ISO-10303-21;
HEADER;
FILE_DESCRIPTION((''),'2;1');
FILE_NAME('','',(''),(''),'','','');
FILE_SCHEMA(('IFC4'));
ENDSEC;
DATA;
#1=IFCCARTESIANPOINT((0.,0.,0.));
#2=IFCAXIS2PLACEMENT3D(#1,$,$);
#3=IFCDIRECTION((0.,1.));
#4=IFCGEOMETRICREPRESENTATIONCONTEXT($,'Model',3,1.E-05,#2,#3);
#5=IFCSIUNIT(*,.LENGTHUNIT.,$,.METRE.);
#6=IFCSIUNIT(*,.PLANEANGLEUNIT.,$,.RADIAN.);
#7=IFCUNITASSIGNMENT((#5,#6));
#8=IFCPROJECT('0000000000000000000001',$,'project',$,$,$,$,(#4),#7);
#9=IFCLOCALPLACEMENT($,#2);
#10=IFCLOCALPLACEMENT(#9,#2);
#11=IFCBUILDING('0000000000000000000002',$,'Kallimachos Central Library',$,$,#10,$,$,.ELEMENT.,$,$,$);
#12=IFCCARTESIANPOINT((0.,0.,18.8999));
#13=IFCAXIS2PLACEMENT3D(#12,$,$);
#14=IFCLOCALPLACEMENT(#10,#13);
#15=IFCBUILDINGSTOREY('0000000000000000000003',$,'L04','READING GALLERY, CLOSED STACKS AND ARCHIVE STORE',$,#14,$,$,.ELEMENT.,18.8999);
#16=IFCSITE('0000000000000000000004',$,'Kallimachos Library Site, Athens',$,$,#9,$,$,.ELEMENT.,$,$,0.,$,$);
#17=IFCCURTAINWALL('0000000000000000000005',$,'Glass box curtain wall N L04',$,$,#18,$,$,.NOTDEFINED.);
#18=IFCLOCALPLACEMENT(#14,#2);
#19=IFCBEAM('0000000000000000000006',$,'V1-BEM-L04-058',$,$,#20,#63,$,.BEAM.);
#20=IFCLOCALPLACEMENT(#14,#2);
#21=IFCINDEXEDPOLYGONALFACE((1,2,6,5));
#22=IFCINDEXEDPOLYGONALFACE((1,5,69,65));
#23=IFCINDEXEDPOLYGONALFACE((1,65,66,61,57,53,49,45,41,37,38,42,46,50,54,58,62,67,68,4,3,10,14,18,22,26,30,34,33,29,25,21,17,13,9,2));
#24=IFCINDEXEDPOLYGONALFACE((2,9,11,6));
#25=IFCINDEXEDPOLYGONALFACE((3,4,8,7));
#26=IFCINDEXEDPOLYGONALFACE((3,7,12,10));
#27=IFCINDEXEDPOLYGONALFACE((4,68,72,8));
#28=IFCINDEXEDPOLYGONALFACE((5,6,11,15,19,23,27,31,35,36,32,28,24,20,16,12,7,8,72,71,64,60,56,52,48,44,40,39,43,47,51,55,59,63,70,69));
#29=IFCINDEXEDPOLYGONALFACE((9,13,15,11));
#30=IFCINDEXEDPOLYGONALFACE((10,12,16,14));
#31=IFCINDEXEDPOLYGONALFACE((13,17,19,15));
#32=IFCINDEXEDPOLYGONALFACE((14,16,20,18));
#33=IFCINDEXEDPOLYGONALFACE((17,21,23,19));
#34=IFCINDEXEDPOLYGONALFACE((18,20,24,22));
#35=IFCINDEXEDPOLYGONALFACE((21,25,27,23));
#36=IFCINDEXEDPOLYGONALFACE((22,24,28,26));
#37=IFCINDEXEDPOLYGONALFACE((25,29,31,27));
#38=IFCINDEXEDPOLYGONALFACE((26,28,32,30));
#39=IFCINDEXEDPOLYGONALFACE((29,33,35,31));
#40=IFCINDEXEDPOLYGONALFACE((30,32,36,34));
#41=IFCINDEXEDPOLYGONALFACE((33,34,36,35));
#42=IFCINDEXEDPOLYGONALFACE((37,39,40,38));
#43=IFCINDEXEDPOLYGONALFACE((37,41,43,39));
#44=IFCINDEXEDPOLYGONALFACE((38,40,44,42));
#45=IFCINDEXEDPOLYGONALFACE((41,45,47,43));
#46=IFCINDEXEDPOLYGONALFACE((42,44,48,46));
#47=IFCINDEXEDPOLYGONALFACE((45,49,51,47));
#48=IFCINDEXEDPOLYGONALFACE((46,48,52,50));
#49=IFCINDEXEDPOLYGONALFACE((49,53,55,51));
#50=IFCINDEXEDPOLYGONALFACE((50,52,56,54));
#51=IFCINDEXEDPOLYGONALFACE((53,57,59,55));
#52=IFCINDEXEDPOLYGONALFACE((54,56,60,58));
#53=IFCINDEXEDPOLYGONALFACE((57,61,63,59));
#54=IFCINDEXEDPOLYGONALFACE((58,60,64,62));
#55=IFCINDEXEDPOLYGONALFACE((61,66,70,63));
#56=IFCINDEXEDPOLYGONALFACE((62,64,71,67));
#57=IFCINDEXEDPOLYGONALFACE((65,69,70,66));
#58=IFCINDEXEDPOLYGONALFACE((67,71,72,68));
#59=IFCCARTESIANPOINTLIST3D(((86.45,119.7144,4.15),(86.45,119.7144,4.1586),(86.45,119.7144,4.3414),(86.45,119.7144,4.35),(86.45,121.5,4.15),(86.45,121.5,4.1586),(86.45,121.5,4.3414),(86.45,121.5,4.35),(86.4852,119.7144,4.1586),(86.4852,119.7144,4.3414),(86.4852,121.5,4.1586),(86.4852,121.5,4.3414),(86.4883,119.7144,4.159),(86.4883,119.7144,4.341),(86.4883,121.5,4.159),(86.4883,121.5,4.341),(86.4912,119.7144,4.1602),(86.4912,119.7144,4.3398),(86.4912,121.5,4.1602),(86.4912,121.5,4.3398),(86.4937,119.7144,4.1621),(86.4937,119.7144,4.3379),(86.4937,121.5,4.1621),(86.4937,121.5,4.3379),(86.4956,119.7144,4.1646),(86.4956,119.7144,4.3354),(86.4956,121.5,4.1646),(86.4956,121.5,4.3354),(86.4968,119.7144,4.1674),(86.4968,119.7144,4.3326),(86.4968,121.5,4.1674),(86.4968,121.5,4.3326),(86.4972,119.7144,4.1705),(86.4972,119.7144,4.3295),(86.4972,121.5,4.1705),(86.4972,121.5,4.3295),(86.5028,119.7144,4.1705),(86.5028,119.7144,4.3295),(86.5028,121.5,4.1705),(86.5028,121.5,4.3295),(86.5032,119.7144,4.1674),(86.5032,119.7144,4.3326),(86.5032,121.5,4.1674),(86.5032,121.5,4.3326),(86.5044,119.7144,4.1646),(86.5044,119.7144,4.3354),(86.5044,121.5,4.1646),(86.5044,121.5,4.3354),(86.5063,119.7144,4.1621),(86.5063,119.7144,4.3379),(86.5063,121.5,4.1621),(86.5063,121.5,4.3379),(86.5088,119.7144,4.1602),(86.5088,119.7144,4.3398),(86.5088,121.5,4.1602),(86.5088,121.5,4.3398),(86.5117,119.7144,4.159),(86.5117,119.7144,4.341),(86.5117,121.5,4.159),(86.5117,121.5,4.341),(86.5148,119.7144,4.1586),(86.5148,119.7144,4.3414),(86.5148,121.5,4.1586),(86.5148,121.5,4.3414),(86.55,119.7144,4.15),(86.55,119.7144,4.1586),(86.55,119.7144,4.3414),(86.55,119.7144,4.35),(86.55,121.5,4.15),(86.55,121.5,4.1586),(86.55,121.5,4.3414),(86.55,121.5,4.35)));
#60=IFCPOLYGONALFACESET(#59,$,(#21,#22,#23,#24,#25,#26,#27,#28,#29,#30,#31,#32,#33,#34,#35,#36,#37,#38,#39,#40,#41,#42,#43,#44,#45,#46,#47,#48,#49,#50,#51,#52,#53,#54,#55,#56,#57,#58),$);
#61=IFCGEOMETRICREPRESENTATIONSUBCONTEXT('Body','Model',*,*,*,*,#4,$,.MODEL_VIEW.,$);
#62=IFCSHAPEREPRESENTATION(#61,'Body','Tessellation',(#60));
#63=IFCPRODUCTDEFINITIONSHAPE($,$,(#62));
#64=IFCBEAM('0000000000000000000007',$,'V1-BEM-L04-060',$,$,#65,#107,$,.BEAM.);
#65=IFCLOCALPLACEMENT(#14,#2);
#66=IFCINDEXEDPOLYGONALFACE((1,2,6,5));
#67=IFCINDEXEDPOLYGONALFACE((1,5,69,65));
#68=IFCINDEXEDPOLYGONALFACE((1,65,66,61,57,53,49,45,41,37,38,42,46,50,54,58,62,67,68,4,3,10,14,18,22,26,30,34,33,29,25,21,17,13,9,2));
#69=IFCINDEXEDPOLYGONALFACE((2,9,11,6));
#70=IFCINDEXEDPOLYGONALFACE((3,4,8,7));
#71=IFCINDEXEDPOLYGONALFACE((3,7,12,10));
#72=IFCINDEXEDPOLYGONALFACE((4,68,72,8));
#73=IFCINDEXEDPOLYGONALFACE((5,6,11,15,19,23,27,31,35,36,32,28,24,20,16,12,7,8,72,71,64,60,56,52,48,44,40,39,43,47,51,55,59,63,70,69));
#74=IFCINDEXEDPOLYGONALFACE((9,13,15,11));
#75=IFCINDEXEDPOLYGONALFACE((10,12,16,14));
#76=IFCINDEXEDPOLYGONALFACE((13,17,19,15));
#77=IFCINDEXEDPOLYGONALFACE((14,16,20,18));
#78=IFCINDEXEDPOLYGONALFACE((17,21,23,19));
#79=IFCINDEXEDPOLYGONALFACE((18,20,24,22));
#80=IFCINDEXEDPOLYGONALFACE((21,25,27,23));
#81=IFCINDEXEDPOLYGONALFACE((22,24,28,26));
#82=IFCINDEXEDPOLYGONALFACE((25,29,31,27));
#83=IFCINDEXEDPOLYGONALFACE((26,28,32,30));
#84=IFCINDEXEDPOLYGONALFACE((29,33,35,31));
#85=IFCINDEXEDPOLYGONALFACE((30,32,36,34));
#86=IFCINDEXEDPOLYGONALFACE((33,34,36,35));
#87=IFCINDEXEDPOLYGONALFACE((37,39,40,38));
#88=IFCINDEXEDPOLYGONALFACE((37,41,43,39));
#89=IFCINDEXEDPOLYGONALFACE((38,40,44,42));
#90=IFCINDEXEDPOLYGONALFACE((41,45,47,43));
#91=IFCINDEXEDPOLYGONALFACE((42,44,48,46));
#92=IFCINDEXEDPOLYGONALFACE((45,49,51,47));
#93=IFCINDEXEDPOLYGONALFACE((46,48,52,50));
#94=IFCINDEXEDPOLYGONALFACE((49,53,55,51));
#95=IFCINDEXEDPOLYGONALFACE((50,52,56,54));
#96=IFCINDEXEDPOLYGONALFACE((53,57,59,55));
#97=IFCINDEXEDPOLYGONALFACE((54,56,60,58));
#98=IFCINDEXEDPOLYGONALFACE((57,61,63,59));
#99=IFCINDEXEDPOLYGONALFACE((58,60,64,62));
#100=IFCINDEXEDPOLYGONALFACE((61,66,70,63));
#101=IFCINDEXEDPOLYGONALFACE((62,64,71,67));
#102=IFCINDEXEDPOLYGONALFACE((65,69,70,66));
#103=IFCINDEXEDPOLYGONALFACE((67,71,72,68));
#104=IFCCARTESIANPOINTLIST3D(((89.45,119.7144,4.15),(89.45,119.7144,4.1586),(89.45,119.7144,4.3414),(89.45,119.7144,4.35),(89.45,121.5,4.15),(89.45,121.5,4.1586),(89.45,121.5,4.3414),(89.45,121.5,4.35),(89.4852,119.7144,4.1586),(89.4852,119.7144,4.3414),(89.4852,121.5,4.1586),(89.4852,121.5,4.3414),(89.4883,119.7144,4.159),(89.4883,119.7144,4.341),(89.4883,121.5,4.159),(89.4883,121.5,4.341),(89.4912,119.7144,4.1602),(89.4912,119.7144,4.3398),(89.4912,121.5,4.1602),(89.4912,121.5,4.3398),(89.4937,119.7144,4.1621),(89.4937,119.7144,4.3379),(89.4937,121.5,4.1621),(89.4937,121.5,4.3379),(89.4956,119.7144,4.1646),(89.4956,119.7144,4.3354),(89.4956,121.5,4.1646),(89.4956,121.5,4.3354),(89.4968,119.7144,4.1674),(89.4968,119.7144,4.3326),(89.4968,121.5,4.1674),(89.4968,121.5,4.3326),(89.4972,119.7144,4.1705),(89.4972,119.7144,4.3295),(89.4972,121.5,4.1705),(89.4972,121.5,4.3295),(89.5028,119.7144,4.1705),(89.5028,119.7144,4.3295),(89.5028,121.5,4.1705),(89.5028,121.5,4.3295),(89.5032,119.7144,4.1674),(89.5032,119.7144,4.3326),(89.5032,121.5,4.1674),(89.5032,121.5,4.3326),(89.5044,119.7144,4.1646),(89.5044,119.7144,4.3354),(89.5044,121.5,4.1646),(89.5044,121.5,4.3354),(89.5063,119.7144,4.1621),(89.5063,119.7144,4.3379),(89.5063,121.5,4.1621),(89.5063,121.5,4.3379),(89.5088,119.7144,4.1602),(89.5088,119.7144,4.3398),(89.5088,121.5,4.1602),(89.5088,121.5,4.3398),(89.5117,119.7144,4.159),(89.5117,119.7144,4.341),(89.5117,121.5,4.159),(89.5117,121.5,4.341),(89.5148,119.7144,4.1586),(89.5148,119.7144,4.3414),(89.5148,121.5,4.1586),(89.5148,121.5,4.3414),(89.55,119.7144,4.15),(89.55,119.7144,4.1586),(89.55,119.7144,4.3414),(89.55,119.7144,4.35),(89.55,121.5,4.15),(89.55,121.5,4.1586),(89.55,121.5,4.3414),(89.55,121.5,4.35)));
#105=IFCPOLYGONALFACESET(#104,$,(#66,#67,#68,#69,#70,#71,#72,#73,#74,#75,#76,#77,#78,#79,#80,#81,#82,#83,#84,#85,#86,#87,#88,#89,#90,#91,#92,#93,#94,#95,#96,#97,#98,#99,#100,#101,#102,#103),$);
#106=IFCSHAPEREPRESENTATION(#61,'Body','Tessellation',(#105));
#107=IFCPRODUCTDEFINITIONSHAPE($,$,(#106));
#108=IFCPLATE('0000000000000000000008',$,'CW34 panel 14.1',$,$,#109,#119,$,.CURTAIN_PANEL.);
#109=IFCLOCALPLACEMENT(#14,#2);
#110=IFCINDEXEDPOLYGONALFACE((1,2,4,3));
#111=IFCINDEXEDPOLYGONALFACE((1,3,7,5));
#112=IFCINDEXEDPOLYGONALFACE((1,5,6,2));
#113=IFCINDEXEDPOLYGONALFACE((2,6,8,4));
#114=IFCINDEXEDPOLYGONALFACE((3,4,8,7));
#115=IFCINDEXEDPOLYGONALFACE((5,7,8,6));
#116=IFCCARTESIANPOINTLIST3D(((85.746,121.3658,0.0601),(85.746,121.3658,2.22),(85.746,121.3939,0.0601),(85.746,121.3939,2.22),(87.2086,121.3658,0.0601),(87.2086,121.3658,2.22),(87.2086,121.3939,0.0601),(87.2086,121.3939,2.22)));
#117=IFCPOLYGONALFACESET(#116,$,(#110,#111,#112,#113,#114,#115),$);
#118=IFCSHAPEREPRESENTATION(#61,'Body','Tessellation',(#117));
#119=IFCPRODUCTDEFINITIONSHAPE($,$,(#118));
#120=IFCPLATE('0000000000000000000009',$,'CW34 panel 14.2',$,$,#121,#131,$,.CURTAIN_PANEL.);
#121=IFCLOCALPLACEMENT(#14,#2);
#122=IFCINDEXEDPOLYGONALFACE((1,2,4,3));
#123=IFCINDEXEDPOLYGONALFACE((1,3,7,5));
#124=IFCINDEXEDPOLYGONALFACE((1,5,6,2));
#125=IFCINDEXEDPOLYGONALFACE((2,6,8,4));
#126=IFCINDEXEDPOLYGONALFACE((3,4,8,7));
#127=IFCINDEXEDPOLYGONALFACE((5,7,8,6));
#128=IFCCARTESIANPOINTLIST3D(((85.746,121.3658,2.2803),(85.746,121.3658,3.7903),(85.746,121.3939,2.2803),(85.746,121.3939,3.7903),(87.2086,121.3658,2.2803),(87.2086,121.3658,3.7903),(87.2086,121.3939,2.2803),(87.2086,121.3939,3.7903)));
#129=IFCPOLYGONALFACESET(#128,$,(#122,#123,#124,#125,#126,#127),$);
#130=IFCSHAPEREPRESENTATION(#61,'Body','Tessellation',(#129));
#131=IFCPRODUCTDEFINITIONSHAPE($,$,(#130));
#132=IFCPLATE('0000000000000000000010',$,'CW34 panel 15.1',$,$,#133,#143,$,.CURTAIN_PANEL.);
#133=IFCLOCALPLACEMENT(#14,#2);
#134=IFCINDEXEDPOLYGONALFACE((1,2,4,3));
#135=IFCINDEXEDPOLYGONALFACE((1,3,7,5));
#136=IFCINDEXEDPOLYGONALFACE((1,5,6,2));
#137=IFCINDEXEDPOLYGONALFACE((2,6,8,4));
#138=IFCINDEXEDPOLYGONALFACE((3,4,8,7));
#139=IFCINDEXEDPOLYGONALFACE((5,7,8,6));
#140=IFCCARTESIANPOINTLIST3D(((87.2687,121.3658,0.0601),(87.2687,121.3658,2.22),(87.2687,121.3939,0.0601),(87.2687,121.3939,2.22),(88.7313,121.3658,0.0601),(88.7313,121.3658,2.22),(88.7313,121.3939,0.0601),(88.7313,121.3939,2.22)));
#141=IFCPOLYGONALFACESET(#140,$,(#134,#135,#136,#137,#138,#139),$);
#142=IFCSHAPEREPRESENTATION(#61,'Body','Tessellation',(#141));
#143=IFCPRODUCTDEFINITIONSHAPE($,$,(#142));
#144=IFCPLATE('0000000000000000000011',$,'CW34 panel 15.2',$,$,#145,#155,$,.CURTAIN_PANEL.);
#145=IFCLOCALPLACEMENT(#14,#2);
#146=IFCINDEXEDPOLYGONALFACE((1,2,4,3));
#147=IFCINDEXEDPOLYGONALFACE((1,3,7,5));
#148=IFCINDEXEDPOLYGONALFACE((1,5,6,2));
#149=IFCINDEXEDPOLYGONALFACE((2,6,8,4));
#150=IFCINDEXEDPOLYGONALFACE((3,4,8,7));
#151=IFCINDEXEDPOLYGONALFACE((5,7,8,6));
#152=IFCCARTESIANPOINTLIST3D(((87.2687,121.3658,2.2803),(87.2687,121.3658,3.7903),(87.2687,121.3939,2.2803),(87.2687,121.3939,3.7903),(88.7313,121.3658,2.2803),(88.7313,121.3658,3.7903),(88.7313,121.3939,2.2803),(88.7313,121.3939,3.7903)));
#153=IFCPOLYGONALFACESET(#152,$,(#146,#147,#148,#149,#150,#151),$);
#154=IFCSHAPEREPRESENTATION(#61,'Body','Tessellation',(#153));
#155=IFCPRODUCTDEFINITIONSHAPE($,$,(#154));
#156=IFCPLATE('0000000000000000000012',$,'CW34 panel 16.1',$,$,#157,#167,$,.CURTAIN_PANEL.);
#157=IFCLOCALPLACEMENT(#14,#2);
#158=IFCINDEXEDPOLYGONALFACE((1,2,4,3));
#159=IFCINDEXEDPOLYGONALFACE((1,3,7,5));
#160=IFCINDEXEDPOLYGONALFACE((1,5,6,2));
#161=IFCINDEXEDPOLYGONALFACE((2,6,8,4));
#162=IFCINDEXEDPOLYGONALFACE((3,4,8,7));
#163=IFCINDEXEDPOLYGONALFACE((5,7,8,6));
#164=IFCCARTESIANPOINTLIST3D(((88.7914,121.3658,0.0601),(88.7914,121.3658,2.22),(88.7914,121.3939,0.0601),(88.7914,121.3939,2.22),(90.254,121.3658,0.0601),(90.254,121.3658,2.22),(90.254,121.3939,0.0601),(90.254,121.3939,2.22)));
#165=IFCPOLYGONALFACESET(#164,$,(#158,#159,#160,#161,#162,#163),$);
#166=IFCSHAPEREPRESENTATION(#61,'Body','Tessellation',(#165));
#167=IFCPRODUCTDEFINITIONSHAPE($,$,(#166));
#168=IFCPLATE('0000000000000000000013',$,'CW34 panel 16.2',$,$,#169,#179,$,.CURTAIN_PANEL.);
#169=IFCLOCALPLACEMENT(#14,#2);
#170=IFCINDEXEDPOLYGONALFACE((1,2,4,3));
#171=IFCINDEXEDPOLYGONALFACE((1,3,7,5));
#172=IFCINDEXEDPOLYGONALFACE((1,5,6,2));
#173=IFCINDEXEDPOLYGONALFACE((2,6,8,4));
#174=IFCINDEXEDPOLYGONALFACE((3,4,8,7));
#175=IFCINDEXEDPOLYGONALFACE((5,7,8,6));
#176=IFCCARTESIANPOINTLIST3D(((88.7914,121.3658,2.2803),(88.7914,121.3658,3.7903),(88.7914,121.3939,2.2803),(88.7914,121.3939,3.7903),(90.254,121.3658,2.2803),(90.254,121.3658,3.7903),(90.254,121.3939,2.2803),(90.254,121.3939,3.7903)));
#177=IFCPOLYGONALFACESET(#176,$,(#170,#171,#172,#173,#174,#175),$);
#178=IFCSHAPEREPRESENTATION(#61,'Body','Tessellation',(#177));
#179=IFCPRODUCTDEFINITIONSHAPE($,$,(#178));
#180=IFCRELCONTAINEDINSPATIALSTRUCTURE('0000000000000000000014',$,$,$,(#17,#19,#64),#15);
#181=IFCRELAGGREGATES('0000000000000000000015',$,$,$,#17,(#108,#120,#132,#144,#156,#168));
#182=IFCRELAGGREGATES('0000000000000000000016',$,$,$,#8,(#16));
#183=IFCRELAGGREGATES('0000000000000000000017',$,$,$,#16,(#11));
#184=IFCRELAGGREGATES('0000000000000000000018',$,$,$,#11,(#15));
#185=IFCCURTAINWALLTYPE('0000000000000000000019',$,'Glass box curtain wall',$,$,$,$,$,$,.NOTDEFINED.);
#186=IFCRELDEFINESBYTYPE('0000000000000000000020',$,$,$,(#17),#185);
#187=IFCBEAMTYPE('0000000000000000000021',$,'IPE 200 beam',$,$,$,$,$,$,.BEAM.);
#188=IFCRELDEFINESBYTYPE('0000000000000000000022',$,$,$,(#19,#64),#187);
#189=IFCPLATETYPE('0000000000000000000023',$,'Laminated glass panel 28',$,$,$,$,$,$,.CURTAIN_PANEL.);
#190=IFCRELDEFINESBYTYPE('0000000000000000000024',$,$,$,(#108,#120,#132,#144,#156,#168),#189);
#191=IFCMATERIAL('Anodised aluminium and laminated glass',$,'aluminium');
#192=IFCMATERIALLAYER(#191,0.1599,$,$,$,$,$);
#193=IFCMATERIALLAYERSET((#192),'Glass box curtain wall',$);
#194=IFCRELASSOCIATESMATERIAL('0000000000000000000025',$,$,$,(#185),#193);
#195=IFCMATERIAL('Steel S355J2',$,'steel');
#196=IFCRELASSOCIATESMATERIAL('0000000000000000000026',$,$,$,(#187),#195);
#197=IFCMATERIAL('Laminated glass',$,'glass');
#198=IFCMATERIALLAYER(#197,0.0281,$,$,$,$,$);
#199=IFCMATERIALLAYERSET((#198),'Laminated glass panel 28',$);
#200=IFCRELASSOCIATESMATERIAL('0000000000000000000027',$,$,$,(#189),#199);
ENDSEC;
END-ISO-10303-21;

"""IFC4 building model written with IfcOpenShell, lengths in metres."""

from ifc_helpers import new_model, si_unit, direction, frame, origin, origin_2d, place, context, subcontext, project, spatial, rectangle, i_section, extrude, material, layer, layer_set, material_profile, profile_set, type_object, element, aggregate, save


model = new_model("IFC4")

# Units and contexts
model_context = context("Model", 3, precision=1e-05, world=origin(), true_north=direction((0.0, 1.0)))
body_context = subcontext(model_context, "Body", "Model", "MODEL_VIEW")
ifc_project = project(units=[si_unit("LENGTHUNIT", "METRE"), si_unit("PLANEANGLEUNIT", "RADIAN")], contexts=[model_context])

# Site, building, storey
site_placement = place(None, origin())
site = spatial("IfcSite", under=ifc_project, at=site_placement, Name="Kallimachos Library Site, Athens", CompositionType="ELEMENT", RefElevation=0.0)
building_placement = place(site_placement, origin())
building = spatial("IfcBuilding", under=site, at=building_placement, Name="Kallimachos Central Library", CompositionType="ELEMENT")
storey_placement = place(building_placement, frame((0.0, 0.0, 18.8999)))
storey = spatial("IfcBuildingStorey", under=building, at=storey_placement, Name="L04", Description="READING GALLERY, CLOSED STACKS AND ARCHIVE STORE", CompositionType="ELEMENT", Elevation=18.8999)

# Curtain wall
ifc_material_1 = material(Name="Anodised aluminium and laminated glass", Category="aluminium")
ifc_layer_1 = layer(ifc_material_1, 0.1599)
ifc_layer_set_1 = layer_set([ifc_layer_1], Name="Glass box curtain wall")
curtain_wall_type = type_object("IfcCurtainWallType", Name="Glass box curtain wall", PredefinedType="NOTDEFINED", material=ifc_layer_set_1)
curtain_wall_placement = place(storey_placement, origin())
curtain_wall = element("IfcCurtainWall", 1, at=curtain_wall_placement, inside=storey, type_object=curtain_wall_type, Name="Glass box curtain wall N L04", PredefinedType="NOTDEFINED")

# Beams
ifc_material_2 = material(Name="Steel S355J2", Category="steel")
ifc_material_profile_1 = material_profile(ifc_material_2, i_section(OverallWidth=0.1001, OverallDepth=0.2, WebThickness=0.0056, FlangeThickness=0.0085, FilletRadius=0.012, at=origin_2d()), Name="IPE 200")
ifc_profile_set_1 = profile_set([ifc_material_profile_1], Name="Steel S355J2")
beam_type_1 = type_object("IfcBeamType", Name="IPE 200 beam", PredefinedType="BEAM", material=ifc_profile_set_1)
for number, where, z_axis, x_axis, name in (
    (2, (86.5, 119.7144, 4.25), (0.0, 1.0, 0.0), (-1.0, 0.0, 0.0), "V1-BEM-L04-058"),
    (3, (89.5, 119.7144, 4.25), (0.0, 1.0, 0.0), (-1.0, 0.0, 0.0), "V1-BEM-L04-060"),
):
    element("IfcBeam", number, at=place(storey_placement, frame(where, z_axis=z_axis, x_axis=x_axis)), inside=storey, type_object=beam_type_1, Name=name, PredefinedType="BEAM", context=body_context, shape_type="SweptSolid", body=[
        extrude(i_section(OverallWidth=0.1001, OverallDepth=0.2, WebThickness=0.0056, FlangeThickness=0.0085, FilletRadius=0.012, at=origin_2d()), origin(), (0.0, 0.0, 1.0), 1.7856),
    ])

# Plates
ifc_material_3 = material(Name="Laminated glass", Category="glass")
ifc_layer_2 = layer(ifc_material_3, 0.0281)
ifc_layer_set_2 = layer_set([ifc_layer_2], Name="Laminated glass panel 28")
plate_type = type_object("IfcPlateType", Name="Laminated glass panel 28", PredefinedType="CURTAIN_PANEL", material=ifc_layer_set_2)
plate_1_placement = place(storey_placement, frame((86.4773, 121.3799, 0.0601), z_axis=(0.0, 0.0, 1.0), x_axis=(1.0, 0.0, 0.0)))
plate_1 = element("IfcPlate", 4, at=plate_1_placement, type_object=plate_type, Name="CW34 panel 14.1", PredefinedType="CURTAIN_PANEL", context=body_context, shape_type="SweptSolid", body=[
    extrude(rectangle(XDim=1.4626, YDim=0.0281, at=origin_2d()), origin(), (0.0, 0.0, 1.0), 2.1599),
])
plate_2_placement = place(storey_placement, frame((86.4773, 121.3799, 2.2803), z_axis=(0.0, 0.0, 1.0), x_axis=(1.0, 0.0, 0.0)))
plate_2 = element("IfcPlate", 5, at=plate_2_placement, type_object=plate_type, Name="CW34 panel 14.2", PredefinedType="CURTAIN_PANEL", context=body_context, shape_type="SweptSolid", body=[
    extrude(rectangle(XDim=1.4626, YDim=0.0281, at=origin_2d()), origin(), (0.0, 0.0, 1.0), 1.51),
])
plate_3_placement = place(storey_placement, frame((88.0, 121.3799, 0.0601), z_axis=(0.0, 0.0, 1.0), x_axis=(1.0, 0.0, 0.0)))
plate_3 = element("IfcPlate", 6, at=plate_3_placement, type_object=plate_type, Name="CW34 panel 15.1", PredefinedType="CURTAIN_PANEL", context=body_context, shape_type="SweptSolid", body=[
    extrude(rectangle(XDim=1.4626, YDim=0.0281, at=origin_2d()), origin(), (0.0, 0.0, 1.0), 2.1599),
])
plate_4_placement = place(storey_placement, frame((88.0, 121.3799, 2.2803), z_axis=(0.0, 0.0, 1.0), x_axis=(1.0, 0.0, 0.0)))
plate_4 = element("IfcPlate", 7, at=plate_4_placement, type_object=plate_type, Name="CW34 panel 15.2", PredefinedType="CURTAIN_PANEL", context=body_context, shape_type="SweptSolid", body=[
    extrude(rectangle(XDim=1.4626, YDim=0.0281, at=origin_2d()), origin(), (0.0, 0.0, 1.0), 1.51),
])
plate_5_placement = place(storey_placement, frame((89.5227, 121.3799, 0.0601), z_axis=(0.0, 0.0, 1.0), x_axis=(1.0, 0.0, 0.0)))
plate_5 = element("IfcPlate", 8, at=plate_5_placement, type_object=plate_type, Name="CW34 panel 16.1", PredefinedType="CURTAIN_PANEL", context=body_context, shape_type="SweptSolid", body=[
    extrude(rectangle(XDim=1.4626, YDim=0.0281, at=origin_2d()), origin(), (0.0, 0.0, 1.0), 2.1599),
])
plate_6_placement = place(storey_placement, frame((89.5227, 121.3799, 2.2803), z_axis=(0.0, 0.0, 1.0), x_axis=(1.0, 0.0, 0.0)))
plate_6 = element("IfcPlate", 9, at=plate_6_placement, type_object=plate_type, Name="CW34 panel 16.2", PredefinedType="CURTAIN_PANEL", context=body_context, shape_type="SweptSolid", body=[
    extrude(rectangle(XDim=1.4626, YDim=0.0281, at=origin_2d()), origin(), (0.0, 0.0, 1.0), 1.51),
])
aggregate(curtain_wall, [plate_1, plate_2, plate_3, plate_4, plate_5, plate_6])

save(model, "model.ifc")
